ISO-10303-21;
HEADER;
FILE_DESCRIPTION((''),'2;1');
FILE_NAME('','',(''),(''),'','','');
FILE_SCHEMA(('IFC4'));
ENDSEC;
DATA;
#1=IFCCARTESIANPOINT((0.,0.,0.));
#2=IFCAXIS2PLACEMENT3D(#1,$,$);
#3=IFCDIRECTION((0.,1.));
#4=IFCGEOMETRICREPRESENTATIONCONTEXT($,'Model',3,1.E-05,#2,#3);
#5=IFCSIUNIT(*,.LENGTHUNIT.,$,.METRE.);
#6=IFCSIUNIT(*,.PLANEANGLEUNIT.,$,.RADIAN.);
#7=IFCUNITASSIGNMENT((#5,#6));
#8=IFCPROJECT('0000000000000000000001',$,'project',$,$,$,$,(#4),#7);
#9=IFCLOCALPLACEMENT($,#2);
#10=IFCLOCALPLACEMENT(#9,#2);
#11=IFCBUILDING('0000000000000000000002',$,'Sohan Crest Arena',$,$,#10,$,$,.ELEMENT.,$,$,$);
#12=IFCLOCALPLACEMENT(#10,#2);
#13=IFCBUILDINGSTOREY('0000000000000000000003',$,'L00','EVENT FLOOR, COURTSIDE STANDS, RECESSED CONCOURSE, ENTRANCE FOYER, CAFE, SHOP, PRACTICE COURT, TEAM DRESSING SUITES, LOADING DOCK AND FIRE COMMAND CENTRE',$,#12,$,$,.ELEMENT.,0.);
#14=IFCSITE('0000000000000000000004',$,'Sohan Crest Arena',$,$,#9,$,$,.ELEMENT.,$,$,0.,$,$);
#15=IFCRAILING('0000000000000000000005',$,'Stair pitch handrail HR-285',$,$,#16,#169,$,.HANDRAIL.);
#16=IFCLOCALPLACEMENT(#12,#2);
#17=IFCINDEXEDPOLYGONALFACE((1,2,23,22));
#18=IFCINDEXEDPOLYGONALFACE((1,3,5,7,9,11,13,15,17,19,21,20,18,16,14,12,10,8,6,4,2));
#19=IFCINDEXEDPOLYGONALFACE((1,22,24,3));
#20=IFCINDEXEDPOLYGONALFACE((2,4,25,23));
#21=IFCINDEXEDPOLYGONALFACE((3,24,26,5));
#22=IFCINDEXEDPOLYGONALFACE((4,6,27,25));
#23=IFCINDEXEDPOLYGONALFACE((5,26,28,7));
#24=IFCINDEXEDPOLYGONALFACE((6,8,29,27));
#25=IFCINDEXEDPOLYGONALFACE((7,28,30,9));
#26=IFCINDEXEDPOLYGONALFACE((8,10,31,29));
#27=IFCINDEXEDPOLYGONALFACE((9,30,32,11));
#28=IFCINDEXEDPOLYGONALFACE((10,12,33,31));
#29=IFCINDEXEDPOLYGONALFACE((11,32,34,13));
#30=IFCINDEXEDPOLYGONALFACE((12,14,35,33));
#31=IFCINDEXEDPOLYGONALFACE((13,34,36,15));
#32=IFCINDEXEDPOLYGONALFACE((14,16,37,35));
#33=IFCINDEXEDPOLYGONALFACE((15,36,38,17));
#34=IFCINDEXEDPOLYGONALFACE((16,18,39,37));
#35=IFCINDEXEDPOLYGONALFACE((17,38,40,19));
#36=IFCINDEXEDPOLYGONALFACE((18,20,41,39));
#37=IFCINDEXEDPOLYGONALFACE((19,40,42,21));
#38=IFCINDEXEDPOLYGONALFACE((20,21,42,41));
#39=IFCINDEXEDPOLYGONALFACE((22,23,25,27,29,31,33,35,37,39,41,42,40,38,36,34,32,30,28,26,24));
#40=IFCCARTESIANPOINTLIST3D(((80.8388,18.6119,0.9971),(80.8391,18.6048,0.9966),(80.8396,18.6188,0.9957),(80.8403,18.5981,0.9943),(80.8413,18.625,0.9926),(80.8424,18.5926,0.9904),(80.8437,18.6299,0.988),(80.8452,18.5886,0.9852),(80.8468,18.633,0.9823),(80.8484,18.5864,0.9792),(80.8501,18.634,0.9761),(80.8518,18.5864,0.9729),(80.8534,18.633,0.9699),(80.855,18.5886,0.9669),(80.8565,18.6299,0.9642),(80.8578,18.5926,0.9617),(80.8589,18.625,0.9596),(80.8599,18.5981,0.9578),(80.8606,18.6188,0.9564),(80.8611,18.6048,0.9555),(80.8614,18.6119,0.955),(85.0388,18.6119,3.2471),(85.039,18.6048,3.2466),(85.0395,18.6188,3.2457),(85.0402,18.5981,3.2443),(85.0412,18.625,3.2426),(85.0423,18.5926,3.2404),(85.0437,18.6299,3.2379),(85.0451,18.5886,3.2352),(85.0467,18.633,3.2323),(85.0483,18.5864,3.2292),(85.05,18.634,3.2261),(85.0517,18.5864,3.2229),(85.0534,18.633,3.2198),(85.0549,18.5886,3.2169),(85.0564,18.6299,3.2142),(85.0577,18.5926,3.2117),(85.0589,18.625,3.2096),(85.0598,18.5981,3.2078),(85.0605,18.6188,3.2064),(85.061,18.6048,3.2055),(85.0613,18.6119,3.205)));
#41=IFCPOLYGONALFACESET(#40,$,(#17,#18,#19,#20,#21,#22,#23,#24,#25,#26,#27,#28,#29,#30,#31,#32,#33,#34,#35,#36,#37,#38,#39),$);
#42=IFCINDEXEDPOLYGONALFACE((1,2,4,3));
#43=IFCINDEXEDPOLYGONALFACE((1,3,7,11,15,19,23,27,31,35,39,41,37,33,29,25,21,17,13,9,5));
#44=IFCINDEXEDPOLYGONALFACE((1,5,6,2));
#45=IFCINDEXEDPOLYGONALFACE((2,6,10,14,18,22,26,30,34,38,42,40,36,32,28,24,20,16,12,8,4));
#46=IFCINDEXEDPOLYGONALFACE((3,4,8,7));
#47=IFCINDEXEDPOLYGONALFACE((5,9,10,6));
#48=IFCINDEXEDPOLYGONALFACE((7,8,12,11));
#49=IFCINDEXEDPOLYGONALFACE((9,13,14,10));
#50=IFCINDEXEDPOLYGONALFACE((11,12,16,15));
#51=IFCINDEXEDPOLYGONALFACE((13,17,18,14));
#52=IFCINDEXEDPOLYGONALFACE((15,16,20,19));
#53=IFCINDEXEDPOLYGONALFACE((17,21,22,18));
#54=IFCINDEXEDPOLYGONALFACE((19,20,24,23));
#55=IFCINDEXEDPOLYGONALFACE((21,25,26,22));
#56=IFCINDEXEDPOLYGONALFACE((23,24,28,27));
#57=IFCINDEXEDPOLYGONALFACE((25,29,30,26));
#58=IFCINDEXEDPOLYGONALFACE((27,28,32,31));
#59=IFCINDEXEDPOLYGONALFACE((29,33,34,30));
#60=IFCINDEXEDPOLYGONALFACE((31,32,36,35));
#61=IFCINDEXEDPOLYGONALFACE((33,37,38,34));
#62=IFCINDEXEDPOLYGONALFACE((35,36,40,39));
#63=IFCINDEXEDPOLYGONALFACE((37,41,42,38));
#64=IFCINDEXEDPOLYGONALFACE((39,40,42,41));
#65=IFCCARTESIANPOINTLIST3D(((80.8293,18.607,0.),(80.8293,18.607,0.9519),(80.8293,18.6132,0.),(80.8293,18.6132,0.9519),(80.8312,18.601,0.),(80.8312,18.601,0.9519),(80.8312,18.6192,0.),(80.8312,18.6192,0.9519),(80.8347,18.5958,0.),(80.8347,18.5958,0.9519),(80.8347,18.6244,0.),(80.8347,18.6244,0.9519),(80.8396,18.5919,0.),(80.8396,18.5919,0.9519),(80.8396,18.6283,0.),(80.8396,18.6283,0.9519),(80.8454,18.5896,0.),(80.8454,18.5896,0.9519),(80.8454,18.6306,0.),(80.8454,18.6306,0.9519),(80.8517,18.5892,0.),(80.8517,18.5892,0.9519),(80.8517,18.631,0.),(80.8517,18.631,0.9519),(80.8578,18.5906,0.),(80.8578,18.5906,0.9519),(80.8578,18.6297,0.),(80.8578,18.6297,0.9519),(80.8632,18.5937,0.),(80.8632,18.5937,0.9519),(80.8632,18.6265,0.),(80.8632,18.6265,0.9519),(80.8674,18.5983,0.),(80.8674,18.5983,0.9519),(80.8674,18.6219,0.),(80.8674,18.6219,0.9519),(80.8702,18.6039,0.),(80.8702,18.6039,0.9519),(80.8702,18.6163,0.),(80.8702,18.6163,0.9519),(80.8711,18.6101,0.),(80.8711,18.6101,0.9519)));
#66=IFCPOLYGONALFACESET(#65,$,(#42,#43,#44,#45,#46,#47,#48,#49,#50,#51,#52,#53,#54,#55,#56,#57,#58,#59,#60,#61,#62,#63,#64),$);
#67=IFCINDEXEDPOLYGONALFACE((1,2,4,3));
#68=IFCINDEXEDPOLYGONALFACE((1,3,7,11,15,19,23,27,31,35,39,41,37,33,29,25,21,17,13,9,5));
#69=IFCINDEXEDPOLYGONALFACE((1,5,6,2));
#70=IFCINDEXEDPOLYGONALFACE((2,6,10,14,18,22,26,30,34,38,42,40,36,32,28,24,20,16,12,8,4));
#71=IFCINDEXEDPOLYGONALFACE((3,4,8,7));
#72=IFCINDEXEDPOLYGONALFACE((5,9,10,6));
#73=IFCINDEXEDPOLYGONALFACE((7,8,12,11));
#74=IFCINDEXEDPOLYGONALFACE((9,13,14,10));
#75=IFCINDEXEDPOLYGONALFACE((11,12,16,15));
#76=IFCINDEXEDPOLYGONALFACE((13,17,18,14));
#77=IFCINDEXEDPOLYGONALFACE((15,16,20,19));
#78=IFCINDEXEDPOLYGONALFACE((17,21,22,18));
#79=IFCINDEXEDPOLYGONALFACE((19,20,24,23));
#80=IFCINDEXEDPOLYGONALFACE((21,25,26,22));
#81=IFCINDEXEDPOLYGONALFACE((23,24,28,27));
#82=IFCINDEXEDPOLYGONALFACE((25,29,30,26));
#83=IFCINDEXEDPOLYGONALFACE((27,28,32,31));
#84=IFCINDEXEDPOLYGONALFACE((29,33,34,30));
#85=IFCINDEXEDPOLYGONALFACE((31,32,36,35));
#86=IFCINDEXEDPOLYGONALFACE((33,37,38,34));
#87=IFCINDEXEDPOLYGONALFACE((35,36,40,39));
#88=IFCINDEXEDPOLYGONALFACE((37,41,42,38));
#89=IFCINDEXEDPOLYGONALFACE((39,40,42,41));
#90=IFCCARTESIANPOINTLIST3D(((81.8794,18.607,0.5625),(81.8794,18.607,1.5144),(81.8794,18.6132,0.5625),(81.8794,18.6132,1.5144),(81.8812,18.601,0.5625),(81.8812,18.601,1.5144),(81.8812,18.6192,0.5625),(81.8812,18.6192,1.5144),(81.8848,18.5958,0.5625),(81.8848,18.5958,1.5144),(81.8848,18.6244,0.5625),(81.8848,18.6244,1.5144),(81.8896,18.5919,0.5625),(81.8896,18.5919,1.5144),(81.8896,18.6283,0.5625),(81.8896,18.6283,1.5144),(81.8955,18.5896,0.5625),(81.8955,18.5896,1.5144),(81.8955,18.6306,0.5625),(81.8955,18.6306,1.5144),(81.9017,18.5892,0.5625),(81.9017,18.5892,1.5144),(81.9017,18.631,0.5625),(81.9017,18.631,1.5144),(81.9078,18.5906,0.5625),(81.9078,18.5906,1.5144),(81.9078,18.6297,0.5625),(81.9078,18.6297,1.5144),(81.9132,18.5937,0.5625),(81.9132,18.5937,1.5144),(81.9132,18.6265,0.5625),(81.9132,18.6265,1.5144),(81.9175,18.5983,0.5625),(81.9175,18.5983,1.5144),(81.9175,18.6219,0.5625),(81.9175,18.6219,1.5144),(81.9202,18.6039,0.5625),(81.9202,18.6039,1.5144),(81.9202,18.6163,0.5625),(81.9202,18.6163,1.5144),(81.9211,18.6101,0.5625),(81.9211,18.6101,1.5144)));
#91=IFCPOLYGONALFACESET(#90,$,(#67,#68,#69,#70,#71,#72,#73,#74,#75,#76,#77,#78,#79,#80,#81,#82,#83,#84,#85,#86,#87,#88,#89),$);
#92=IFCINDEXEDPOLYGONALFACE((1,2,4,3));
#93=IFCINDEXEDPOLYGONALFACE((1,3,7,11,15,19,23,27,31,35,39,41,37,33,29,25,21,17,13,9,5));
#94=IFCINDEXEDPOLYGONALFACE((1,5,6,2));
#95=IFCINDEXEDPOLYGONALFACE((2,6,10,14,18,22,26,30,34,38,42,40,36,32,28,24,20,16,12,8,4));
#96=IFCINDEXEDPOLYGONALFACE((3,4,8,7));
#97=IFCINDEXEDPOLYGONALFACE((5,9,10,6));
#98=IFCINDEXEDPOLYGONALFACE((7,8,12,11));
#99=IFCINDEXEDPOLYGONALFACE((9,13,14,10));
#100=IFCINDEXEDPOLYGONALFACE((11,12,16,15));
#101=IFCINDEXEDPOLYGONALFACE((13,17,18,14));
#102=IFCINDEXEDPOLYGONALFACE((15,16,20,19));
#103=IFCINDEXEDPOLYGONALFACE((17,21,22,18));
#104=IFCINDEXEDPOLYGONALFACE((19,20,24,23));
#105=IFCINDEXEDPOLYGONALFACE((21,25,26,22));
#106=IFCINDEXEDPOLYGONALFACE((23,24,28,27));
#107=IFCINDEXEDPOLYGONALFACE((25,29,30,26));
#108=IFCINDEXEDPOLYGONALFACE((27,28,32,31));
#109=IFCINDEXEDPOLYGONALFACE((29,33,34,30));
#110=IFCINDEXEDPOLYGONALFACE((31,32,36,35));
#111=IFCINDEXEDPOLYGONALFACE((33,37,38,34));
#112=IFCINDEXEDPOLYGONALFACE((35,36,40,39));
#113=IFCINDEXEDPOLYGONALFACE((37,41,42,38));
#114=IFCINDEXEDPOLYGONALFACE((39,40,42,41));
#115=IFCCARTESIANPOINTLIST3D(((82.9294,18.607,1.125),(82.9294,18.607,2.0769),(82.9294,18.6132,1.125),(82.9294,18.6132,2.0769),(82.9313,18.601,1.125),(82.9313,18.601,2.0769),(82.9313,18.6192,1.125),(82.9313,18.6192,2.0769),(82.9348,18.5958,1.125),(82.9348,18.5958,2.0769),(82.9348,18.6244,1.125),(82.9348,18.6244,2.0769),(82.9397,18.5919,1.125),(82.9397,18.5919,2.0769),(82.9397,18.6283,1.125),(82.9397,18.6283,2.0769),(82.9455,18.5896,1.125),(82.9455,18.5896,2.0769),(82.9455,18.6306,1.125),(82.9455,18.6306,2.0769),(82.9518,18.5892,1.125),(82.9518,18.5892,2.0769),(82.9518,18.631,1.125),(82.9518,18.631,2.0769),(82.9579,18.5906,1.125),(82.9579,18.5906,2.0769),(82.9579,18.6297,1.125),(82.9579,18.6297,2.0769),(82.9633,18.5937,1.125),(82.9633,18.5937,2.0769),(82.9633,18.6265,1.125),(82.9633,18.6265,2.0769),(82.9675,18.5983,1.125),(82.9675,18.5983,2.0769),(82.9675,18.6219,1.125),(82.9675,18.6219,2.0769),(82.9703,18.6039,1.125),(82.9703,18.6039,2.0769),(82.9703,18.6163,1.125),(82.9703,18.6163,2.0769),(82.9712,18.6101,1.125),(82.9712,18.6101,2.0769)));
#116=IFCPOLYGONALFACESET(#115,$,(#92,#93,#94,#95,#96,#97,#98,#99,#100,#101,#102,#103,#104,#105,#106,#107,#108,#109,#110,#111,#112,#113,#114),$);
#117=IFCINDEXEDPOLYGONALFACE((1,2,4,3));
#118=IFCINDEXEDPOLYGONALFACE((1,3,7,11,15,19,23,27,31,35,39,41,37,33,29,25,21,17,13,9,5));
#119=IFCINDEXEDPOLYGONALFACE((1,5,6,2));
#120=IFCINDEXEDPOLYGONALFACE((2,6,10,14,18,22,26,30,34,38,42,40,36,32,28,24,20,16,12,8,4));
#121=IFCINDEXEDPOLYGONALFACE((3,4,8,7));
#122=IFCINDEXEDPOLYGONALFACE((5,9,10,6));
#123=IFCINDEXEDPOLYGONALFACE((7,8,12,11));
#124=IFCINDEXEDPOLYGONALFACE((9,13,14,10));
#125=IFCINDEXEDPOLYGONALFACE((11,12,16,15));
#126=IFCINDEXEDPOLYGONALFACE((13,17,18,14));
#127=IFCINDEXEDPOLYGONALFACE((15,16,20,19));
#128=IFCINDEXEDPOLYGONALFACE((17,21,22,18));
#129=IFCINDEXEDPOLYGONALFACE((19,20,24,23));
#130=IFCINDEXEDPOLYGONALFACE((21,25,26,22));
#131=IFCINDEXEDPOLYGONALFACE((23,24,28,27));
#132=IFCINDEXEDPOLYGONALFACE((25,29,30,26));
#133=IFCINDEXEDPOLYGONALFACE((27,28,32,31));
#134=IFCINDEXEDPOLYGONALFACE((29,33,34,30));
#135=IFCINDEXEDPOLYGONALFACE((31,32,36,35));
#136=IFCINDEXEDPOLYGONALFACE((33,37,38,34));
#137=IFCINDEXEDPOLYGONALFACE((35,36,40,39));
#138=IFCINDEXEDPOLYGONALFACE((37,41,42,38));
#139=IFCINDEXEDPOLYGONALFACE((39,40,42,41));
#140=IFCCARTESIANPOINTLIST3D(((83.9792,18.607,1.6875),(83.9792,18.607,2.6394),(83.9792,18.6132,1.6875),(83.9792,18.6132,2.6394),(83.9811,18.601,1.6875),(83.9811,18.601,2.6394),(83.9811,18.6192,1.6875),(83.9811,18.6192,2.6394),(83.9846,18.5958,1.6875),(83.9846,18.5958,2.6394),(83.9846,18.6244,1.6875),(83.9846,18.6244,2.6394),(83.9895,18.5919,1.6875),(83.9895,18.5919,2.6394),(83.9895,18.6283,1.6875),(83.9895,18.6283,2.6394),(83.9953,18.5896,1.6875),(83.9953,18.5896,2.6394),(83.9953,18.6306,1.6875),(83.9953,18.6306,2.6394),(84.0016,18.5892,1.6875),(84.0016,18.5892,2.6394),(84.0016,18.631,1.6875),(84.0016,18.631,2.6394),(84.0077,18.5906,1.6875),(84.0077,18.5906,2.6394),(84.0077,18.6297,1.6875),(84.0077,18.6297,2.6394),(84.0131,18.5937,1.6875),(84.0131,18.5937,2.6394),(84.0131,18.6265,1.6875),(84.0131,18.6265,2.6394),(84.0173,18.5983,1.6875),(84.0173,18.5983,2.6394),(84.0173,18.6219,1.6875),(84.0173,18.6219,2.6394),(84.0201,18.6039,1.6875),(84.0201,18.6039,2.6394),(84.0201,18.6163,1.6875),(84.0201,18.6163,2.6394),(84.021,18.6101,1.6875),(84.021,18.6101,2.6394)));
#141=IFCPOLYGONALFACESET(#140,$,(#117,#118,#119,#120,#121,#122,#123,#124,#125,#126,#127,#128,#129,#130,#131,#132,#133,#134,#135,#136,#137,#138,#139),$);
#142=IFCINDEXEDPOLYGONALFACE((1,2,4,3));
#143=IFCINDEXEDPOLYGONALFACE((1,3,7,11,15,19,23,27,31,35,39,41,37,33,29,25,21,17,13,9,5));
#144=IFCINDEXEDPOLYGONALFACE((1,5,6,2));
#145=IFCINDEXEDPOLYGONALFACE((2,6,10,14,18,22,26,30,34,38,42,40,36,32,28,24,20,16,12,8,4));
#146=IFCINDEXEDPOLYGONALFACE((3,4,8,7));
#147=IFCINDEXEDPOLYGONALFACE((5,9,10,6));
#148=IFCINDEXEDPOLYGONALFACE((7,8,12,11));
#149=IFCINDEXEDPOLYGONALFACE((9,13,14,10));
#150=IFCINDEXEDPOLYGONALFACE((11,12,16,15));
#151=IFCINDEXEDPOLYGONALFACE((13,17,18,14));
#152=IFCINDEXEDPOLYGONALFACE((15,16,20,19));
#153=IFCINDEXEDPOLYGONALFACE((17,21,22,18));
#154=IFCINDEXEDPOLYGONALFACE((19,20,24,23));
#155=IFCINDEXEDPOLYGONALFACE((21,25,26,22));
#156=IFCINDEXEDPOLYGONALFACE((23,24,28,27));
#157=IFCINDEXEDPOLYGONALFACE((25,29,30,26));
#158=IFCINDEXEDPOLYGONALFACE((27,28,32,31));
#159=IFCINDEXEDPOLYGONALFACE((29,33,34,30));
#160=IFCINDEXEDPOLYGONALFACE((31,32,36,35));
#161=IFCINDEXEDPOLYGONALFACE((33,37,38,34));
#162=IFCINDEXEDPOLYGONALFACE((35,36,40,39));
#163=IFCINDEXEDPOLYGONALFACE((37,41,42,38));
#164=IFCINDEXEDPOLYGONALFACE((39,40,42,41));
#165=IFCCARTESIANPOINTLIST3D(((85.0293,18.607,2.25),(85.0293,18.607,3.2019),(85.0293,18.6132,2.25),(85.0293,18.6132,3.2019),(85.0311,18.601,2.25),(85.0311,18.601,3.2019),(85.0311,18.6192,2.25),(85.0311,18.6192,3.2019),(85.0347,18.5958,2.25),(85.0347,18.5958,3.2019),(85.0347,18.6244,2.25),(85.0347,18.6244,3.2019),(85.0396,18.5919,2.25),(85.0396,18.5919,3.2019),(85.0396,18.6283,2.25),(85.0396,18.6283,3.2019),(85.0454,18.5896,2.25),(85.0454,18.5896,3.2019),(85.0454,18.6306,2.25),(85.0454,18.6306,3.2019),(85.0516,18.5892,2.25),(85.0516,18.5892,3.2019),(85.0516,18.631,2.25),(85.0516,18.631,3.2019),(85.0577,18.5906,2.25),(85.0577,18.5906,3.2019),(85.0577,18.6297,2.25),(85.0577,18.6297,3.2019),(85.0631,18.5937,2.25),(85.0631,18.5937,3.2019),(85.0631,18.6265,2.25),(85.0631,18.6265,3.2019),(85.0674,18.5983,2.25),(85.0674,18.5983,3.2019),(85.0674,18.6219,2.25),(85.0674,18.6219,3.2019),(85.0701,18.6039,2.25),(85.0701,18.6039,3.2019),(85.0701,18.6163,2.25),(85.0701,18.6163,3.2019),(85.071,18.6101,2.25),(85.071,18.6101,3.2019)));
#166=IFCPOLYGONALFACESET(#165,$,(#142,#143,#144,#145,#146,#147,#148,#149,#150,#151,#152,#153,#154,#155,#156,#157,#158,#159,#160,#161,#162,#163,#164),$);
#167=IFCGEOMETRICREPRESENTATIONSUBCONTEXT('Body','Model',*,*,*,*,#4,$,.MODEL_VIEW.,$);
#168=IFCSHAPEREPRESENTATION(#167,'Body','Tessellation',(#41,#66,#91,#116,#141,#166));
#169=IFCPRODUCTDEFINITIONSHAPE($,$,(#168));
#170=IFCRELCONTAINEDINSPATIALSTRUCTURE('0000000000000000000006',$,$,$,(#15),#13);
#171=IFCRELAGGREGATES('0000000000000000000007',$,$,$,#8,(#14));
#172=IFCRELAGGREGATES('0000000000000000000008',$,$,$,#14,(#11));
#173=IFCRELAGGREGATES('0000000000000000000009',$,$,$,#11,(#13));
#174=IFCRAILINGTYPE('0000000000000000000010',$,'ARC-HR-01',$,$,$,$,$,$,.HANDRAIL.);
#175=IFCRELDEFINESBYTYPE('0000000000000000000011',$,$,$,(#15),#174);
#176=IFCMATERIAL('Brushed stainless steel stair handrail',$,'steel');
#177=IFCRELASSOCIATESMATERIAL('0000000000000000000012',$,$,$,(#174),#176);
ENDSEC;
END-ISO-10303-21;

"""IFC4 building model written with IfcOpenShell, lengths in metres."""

from ifc_helpers import new_model, si_unit, direction, frame, origin, origin_2d, place, context, subcontext, project, spatial, circle, extrude, material, type_object, element, save


model = new_model("IFC4")

# Units and contexts
model_context = context("Model", 3, precision=1e-05, world=origin(), true_north=direction((0.0, 1.0)))
body_context = subcontext(model_context, "Body", "Model", "MODEL_VIEW")
ifc_project = project(units=[si_unit("LENGTHUNIT", "METRE"), si_unit("PLANEANGLEUNIT", "RADIAN")], contexts=[model_context])

# Site, building, storey
site_placement = place(None, origin())
site = spatial("IfcSite", under=ifc_project, at=site_placement, Name="Sohan Crest Arena", CompositionType="ELEMENT", RefElevation=0.0)
building_placement = place(site_placement, origin())
building = spatial("IfcBuilding", under=site, at=building_placement, Name="Sohan Crest Arena", CompositionType="ELEMENT")
storey_placement = place(building_placement, origin())
storey = spatial("IfcBuildingStorey", under=building, at=storey_placement, Name="L00", Description="EVENT FLOOR, COURTSIDE STANDS, RECESSED CONCOURSE, ENTRANCE FOYER, CAFE, SHOP, PRACTICE COURT, TEAM DRESSING SUITES, LOADING DOCK AND FIRE COMMAND CENTRE", CompositionType="ELEMENT", Elevation=0.0)

# Railing
ifc_material_1 = material(Name="Brushed stainless steel stair handrail", Category="steel")
railing_type = type_object("IfcRailingType", Name="ARC-HR-01", PredefinedType="HANDRAIL", material=ifc_material_1)
for number, where, name in (
    (1, (80.8501, 18.6101, 0.0), "Stair pitch handrail HR-285"),
):
    element("IfcRailing", number, at=place(storey_placement, frame(where)), inside=storey, type_object=railing_type, Name=name, PredefinedType="HANDRAIL", context=body_context, shape_type="SweptSolid", body=[
        extrude(circle(Radius=0.0239, at=origin_2d()), frame((0.0, 0.0, 0.9761), z_axis=(0.881478, 0.0, 0.472226), x_axis=(0.0, 1.0, 0.0)), (0.0, 0.0, 1.0), 4.7646),
        extrude(circle(Radius=0.021, at=origin_2d()), origin(), (0.0, 0.0, 1.0), 0.9519),
        extrude(circle(Radius=0.021, at=origin_2d()), frame((1.05, 0.0, 0.5625)), (0.0, 0.0, 1.0), 0.9519),
        extrude(circle(Radius=0.021, at=origin_2d()), frame((2.1001, 0.0, 1.125)), (0.0, 0.0, 1.0), 0.9519),
        extrude(circle(Radius=0.021, at=origin_2d()), frame((3.1499, 0.0, 1.6875)), (0.0, 0.0, 1.0), 0.9519),
        extrude(circle(Radius=0.021, at=origin_2d()), frame((4.2, 0.0, 2.25)), (0.0, 0.0, 1.0), 0.9519),
    ])

save(model, "model.ifc")
